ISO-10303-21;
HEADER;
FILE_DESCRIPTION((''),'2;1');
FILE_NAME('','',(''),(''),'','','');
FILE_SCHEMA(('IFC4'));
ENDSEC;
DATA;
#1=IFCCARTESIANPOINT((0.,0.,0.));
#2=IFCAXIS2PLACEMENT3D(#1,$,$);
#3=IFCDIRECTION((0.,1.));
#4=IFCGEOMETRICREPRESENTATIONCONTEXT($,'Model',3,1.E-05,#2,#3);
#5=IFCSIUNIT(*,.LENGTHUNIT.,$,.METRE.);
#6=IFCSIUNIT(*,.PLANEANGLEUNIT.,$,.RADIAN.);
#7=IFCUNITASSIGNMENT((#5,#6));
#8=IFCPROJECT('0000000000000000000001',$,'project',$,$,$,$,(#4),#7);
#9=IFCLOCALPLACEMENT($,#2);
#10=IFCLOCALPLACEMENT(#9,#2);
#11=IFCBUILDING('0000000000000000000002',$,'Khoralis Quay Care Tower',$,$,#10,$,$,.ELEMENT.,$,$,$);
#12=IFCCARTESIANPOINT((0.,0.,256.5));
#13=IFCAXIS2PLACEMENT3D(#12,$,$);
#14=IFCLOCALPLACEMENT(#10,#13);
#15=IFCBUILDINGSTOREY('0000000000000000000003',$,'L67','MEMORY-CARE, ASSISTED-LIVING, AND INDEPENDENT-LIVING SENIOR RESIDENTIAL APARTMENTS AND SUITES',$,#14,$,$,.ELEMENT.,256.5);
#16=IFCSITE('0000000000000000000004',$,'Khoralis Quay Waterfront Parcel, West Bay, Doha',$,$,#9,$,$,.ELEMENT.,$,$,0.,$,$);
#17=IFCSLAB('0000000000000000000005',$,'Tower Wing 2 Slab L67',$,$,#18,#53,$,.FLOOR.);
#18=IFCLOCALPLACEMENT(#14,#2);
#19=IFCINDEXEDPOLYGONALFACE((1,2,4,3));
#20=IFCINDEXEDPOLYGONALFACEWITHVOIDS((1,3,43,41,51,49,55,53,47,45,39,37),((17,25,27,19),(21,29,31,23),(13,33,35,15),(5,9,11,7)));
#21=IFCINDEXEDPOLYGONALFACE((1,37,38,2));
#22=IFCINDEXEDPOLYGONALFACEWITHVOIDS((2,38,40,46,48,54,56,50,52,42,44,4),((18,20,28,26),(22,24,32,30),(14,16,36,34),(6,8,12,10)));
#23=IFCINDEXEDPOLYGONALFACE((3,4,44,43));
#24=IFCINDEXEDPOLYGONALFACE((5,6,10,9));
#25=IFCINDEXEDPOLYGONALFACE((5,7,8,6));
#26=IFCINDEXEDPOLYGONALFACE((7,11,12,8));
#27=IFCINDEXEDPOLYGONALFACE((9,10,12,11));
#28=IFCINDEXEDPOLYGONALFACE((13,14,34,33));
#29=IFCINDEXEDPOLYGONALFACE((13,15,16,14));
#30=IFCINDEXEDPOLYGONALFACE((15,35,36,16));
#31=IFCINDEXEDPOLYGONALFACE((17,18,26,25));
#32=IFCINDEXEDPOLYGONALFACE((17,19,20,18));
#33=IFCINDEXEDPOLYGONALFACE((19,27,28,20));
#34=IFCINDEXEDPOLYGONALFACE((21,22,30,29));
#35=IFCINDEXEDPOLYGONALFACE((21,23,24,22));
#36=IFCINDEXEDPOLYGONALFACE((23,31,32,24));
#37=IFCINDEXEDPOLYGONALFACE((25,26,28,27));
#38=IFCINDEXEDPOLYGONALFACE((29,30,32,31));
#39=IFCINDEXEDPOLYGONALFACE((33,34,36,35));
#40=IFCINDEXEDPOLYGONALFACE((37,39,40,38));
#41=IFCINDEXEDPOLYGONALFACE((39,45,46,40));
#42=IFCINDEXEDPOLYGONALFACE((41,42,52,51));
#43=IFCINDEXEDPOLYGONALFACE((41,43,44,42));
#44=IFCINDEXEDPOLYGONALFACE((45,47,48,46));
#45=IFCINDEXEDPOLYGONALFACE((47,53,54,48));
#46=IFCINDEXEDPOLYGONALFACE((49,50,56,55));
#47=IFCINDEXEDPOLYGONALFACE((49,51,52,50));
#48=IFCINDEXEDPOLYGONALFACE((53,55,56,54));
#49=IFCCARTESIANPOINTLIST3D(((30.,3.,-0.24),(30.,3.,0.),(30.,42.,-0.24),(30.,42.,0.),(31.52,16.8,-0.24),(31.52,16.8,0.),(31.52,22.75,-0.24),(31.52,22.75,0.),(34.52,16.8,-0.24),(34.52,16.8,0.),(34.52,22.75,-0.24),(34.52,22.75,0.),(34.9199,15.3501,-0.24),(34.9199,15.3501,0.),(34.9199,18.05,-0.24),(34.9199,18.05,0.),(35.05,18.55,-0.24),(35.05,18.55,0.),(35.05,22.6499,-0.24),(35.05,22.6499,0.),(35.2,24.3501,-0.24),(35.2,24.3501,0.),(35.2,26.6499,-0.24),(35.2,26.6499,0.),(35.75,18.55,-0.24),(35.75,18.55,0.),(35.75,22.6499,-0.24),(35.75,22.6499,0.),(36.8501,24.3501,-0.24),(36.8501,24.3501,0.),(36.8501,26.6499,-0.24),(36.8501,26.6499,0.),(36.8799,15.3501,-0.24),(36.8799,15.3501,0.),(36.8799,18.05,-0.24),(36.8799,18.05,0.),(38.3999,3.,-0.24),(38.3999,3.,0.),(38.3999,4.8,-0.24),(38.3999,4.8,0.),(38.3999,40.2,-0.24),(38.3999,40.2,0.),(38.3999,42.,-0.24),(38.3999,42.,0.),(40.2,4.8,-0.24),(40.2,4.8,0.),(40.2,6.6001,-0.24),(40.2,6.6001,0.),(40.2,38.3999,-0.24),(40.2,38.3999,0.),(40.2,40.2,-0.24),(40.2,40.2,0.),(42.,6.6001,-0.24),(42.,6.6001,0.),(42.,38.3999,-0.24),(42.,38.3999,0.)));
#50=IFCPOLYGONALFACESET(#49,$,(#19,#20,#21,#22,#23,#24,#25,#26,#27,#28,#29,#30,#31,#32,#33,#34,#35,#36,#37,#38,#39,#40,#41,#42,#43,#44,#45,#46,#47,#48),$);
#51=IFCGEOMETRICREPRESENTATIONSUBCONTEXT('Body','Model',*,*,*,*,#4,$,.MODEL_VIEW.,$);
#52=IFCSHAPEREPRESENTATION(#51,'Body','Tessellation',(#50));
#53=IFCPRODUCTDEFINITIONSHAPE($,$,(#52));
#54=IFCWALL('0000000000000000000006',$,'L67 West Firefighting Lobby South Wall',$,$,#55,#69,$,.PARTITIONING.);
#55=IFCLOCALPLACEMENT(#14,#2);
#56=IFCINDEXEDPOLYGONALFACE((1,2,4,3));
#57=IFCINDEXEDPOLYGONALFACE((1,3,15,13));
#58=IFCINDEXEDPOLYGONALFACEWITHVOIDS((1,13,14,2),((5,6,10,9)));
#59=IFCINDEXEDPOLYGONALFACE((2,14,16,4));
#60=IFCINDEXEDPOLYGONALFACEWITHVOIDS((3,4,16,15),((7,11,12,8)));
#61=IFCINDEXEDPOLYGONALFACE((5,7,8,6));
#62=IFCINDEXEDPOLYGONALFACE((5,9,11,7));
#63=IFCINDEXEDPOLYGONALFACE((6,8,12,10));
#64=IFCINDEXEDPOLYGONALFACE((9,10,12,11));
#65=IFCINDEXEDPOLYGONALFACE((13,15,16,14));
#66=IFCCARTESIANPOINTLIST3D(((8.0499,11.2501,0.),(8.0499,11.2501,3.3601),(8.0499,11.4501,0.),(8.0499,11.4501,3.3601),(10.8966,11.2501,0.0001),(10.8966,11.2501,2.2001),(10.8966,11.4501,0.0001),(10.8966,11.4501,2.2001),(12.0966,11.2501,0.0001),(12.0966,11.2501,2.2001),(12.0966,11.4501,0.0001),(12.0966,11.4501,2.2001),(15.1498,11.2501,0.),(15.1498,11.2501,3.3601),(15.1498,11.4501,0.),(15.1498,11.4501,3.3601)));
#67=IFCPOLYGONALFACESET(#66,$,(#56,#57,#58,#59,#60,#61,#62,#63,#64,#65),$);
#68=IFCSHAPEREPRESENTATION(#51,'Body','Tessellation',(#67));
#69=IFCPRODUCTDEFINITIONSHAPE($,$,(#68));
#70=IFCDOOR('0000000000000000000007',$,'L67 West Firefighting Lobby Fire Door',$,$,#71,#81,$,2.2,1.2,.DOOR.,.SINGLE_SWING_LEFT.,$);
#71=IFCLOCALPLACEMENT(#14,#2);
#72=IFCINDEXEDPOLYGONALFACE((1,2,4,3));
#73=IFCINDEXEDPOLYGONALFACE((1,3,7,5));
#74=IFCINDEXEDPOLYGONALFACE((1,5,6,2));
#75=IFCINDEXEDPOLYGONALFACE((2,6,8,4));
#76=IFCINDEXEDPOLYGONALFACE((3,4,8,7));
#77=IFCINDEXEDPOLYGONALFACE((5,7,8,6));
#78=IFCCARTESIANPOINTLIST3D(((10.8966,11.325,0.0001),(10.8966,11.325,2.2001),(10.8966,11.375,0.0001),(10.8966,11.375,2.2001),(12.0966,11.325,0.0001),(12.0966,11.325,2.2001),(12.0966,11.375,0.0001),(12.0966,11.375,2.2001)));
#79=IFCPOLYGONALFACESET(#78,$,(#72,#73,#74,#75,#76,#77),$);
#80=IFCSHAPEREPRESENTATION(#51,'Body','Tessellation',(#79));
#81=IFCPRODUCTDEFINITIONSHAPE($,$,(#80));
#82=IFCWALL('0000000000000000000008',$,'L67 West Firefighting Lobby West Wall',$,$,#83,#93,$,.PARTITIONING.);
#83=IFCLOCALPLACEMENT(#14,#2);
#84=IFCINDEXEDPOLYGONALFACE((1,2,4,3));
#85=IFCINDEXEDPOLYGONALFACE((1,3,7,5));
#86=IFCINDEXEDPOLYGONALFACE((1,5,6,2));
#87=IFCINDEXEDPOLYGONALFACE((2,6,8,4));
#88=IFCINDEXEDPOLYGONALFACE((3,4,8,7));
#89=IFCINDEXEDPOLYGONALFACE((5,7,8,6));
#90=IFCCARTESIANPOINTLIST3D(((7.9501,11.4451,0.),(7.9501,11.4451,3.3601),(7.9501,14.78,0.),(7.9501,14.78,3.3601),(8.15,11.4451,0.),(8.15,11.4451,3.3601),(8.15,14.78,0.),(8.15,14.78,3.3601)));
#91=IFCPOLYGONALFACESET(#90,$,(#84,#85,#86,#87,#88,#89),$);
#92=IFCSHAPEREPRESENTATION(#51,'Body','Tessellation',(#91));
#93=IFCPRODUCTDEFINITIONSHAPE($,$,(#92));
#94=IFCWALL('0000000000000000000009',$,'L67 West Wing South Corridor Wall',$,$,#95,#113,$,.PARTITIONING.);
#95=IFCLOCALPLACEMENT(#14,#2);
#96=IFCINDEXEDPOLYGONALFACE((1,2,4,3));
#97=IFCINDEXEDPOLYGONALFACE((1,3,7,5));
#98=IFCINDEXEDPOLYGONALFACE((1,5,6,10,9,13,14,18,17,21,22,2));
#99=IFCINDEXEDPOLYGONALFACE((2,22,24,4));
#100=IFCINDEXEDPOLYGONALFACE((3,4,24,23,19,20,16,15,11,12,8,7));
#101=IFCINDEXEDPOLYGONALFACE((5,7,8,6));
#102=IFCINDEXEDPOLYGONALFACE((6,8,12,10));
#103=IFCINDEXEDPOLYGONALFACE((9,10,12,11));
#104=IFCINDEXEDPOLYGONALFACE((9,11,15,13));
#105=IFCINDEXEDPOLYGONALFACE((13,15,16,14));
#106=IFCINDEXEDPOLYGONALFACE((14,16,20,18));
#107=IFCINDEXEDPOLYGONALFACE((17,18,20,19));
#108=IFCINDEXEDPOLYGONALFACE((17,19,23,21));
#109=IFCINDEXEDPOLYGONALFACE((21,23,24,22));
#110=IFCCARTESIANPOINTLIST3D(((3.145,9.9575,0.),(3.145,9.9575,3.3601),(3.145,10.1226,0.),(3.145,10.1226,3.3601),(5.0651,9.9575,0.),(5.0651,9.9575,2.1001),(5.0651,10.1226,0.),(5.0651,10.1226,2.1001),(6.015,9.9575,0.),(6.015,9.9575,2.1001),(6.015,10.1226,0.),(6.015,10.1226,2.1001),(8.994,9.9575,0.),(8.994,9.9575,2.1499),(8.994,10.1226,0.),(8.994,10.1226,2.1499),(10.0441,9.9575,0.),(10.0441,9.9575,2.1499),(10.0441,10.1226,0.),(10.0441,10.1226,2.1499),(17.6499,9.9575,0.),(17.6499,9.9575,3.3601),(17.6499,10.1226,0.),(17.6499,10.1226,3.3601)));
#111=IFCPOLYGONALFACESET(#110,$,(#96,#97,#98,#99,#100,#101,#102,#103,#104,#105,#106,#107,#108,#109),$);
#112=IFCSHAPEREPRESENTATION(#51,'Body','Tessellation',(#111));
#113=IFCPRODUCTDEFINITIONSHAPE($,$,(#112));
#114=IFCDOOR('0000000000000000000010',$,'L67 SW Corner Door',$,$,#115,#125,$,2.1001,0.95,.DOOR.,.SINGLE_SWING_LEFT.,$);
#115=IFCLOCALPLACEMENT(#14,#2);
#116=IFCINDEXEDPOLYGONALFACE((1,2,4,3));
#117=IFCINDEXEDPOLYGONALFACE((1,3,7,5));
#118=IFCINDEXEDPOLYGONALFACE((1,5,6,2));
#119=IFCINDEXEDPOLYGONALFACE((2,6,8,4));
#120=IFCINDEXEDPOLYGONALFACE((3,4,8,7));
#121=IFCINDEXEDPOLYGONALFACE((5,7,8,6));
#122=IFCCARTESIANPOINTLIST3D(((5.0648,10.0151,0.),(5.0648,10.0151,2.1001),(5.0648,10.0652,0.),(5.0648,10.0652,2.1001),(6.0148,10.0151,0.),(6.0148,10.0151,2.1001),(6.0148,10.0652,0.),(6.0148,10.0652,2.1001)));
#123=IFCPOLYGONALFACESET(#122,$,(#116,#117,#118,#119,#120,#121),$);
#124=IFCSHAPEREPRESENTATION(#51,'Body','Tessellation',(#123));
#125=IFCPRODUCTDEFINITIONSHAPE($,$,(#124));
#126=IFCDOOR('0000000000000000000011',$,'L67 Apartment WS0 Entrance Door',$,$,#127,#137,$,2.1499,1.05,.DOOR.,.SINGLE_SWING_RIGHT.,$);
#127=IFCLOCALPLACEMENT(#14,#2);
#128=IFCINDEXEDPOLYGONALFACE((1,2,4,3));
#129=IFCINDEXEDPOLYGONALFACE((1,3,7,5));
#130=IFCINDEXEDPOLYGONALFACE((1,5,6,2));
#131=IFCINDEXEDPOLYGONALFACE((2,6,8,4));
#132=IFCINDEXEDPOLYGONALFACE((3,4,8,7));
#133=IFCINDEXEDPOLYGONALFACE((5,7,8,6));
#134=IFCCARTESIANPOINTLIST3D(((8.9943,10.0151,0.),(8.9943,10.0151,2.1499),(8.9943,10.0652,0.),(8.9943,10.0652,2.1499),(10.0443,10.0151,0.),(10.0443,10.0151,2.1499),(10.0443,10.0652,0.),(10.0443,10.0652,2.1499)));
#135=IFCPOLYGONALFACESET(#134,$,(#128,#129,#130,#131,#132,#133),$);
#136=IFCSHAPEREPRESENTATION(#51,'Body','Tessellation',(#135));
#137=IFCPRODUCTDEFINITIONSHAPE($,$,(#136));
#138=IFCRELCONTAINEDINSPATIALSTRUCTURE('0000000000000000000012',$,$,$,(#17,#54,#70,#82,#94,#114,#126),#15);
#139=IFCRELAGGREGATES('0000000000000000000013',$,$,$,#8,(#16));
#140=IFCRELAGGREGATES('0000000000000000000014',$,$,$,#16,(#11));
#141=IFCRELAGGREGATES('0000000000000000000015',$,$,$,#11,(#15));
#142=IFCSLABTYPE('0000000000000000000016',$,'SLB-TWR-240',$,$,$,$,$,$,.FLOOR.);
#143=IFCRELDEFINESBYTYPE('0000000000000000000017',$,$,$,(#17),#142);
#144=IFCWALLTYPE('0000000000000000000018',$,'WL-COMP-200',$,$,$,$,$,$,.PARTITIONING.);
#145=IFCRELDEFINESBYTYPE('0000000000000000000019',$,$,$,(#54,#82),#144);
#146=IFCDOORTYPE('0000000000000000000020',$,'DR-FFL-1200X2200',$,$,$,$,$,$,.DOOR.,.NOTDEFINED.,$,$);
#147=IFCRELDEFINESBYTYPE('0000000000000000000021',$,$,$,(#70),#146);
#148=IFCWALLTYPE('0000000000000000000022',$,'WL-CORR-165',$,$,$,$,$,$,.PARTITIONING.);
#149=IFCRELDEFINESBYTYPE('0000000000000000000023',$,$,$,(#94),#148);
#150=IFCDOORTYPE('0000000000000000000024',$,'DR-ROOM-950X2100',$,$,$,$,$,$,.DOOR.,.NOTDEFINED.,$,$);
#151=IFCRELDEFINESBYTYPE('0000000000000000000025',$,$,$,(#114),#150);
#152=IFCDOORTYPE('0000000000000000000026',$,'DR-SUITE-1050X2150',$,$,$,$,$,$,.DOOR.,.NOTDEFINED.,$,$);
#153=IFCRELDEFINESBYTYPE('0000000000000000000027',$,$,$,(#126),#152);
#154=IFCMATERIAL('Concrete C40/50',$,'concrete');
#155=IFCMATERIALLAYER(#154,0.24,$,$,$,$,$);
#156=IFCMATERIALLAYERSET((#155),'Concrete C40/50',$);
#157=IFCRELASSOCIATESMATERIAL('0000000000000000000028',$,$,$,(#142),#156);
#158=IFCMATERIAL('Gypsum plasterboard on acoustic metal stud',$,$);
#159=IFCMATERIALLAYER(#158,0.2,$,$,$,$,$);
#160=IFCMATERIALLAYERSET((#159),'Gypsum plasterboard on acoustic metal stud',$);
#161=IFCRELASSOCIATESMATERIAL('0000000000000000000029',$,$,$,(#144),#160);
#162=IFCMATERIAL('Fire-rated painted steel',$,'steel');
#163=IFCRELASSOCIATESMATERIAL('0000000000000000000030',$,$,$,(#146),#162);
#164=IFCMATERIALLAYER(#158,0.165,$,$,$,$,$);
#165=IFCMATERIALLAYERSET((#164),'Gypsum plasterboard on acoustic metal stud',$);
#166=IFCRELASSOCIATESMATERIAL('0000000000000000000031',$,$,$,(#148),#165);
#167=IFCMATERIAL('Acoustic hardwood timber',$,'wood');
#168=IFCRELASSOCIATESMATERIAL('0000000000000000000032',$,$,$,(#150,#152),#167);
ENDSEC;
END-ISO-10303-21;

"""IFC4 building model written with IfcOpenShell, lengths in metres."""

from ifc_helpers import new_model, si_unit, direction, frame, frame_2d, origin, place, context, subcontext, project, spatial, polyline, rectangle, outline, extrude, source, transform, mapped, material, layer, layer_set, type_object, element, fill, save


model = new_model("IFC4")

# Units and contexts
model_context = context("Model", 3, precision=1e-05, world=origin(), true_north=direction((0.0, 1.0)))
body_context = subcontext(model_context, "Body", "Model", "MODEL_VIEW")
ifc_project = project(units=[si_unit("LENGTHUNIT", "METRE"), si_unit("PLANEANGLEUNIT", "RADIAN")], contexts=[model_context])

# Site, building, storey
site_placement = place(None, origin())
site = spatial("IfcSite", under=ifc_project, at=site_placement, Name="Khoralis Quay Waterfront Parcel, West Bay, Doha", CompositionType="ELEMENT", RefElevation=0.0)
building_placement = place(site_placement, origin())
building = spatial("IfcBuilding", under=site, at=building_placement, Name="Khoralis Quay Care Tower", CompositionType="ELEMENT")
storey_placement = place(building_placement, frame((0.0, 0.0, 256.5)))
storey = spatial("IfcBuildingStorey", under=building, at=storey_placement, Name="L67", Description="MEMORY-CARE, ASSISTED-LIVING, AND INDEPENDENT-LIVING SENIOR RESIDENTIAL APARTMENTS AND SUITES", CompositionType="ELEMENT", Elevation=256.5)

# Slab
ifc_material_1 = material(Name="Concrete C40/50", Category="concrete")
ifc_layer_1 = layer(ifc_material_1, 0.24)
ifc_layer_set_1 = layer_set([ifc_layer_1], Name="Concrete C40/50")
slab_type_1 = type_object("IfcSlabType", Name="SLB-TWR-240", PredefinedType="FLOOR", material=ifc_layer_set_1)
slab_1_placement = place(storey_placement, frame((0.0, 0.0, -0.24)))
element("IfcSlab", 1, at=slab_1_placement, inside=storey, type_object=slab_type_1, Name="Tower Wing 2 Slab L67", PredefinedType="FLOOR", context=body_context, shape_type="SweptSolid", body=[
    extrude(outline(polyline([(30.0, 3.0), (38.3999, 3.0), (38.3999, 4.8), (40.2, 4.8), (40.2, 6.6001), (42.0, 6.6001), (42.0, 38.3999), (40.2, 38.3999), (40.2, 40.2), (38.3999, 40.2), (38.3999, 42.0), (30.0, 42.0), (30.0, 3.0)]), holes=[polyline([(34.52, 16.8), (34.52, 22.75), (31.52, 22.75), (31.52, 16.8), (34.52, 16.8)]), polyline([(34.9199, 15.3501), (36.8799, 15.3501), (36.8799, 18.05), (34.9199, 18.05), (34.9199, 15.3501)]), polyline([(35.2, 24.3501), (36.8501, 24.3501), (36.8501, 26.6499), (35.2, 26.6499), (35.2, 24.3501)]), polyline([(35.05, 18.55), (35.75, 18.55), (35.75, 22.6499), (35.05, 22.6499), (35.05, 18.55)])]), origin(), (0.0, 0.0, 1.0), 0.24),
])

# Wall, opening, door
ifc_material_2 = material(Name="Gypsum plasterboard on acoustic metal stud")
ifc_layer_2 = layer(ifc_material_2, 0.2)
ifc_layer_set_2 = layer_set([ifc_layer_2], Name="Gypsum plasterboard on acoustic metal stud")
wall_type_1 = type_object("IfcWallType", Name="WL-COMP-200", PredefinedType="PARTITIONING", material=ifc_layer_set_2)
wall_1_placement = place(storey_placement, frame((8.05, 11.3501, 0.0), z_axis=(0.0, 0.0, 1.0), x_axis=(1.0, 0.0, 0.0)))
wall_1 = element("IfcWall", 2, at=wall_1_placement, inside=storey, type_object=wall_type_1, Name="L67 West Firefighting Lobby South Wall", PredefinedType="PARTITIONING", context=body_context, shape_type="SweptSolid", body=[
    extrude(rectangle(XDim=7.0999, YDim=0.2, at=frame_2d((3.5498, 0.0))), origin(), (0.0, 0.0, 1.0), 3.3601),
])
opening_1_placement = place(wall_1_placement, frame((2.8464, 0.0, 0.0)))
opening_1 = element("IfcOpeningElement", 3, at=opening_1_placement, cuts=wall_1, PredefinedType="OPENING", context=body_context, shape_type="SweptSolid", body=[
    extrude(rectangle(XDim=1.2, YDim=2.2, at=frame_2d((0.6001, 1.1001))), frame((0.0, 0.1099, 0.0), z_axis=(0.0, -1.0, 0.0), x_axis=(1.0, 0.0, 0.0)), (0.0, 0.0, 1.0), 0.22),
])
ifc_material_3 = material(Name="Fire-rated painted steel", Category="steel")
door_type_1 = type_object("IfcDoorType", Name="DR-FFL-1200X2200", OperationType="NOTDEFINED", PredefinedType="DOOR", material=ifc_material_3)
shared_shape_1 = source(origin(), body_context, "Body", "SweptSolid", [
    extrude(rectangle(XDim=1.2, YDim=2.2, at=frame_2d((0.6001, 1.1001))), frame((0.0, 0.0249, 0.0), z_axis=(0.0, -1.0, 0.0), x_axis=(1.0, 0.0, 0.0)), (0.0, 0.0, 1.0), 0.05),
])
door_1_placement = place(opening_1_placement, origin())
door_1 = element("IfcDoor", 4, at=door_1_placement, inside=storey, type_object=door_type_1, Name="L67 West Firefighting Lobby Fire Door", OperationType="SINGLE_SWING_LEFT", OverallHeight=2.2, OverallWidth=1.2, PredefinedType="DOOR", context=body_context, shape_type="MappedRepresentation", body=[
    mapped(shared_shape_1, transform((0.0, 0.0, 0.0), scale=1.0)),
])
fill(opening_1, door_1)

# Wall
wall_2_placement = place(storey_placement, frame((8.05, 11.4451, 0.0), z_axis=(0.0, 0.0, 1.0), x_axis=(0.0, 1.0, 0.0)))
element("IfcWall", 5, at=wall_2_placement, inside=storey, type_object=wall_type_1, Name="L67 West Firefighting Lobby West Wall", PredefinedType="PARTITIONING", context=body_context, shape_type="SweptSolid", body=[
    extrude(rectangle(XDim=3.335, YDim=0.2, at=frame_2d((1.6675, 0.0))), origin(), (0.0, 0.0, 1.0), 3.3601),
])

# Wall, openings, doors
ifc_layer_3 = layer(ifc_material_2, 0.165)
ifc_layer_set_3 = layer_set([ifc_layer_3], Name="Gypsum plasterboard on acoustic metal stud")
wall_type_2 = type_object("IfcWallType", Name="WL-CORR-165", PredefinedType="PARTITIONING", material=ifc_layer_set_3)
wall_3_placement = place(storey_placement, frame((3.145, 10.04, 0.0), z_axis=(0.0, 0.0, 1.0), x_axis=(1.0, 0.0, 0.0)))
wall_3 = element("IfcWall", 6, at=wall_3_placement, inside=storey, type_object=wall_type_2, Name="L67 West Wing South Corridor Wall", PredefinedType="PARTITIONING", context=body_context, shape_type="SweptSolid", body=[
    extrude(rectangle(XDim=14.5049, YDim=0.165, at=frame_2d((7.2524, 0.0))), origin(), (0.0, 0.0, 1.0), 3.3601),
])
opening_2_placement = place(wall_3_placement, frame((5.8491, 0.0, 0.0)))
opening_2 = element("IfcOpeningElement", 7, at=opening_2_placement, cuts=wall_3, PredefinedType="OPENING", context=body_context, shape_type="SweptSolid", body=[
    extrude(rectangle(XDim=1.05, YDim=2.1499, at=frame_2d((0.5249, 1.075))), frame((0.0, 0.0925, 0.0), z_axis=(0.0, -1.0, 0.0), x_axis=(1.0, 0.0, 0.0)), (0.0, 0.0, 1.0), 0.1851),
])
opening_3_placement = place(wall_3_placement, frame((1.9199, 0.0, 0.0)))
opening_3 = element("IfcOpeningElement", 8, at=opening_3_placement, cuts=wall_3, PredefinedType="OPENING", context=body_context, shape_type="SweptSolid", body=[
    extrude(rectangle(XDim=0.95, YDim=2.1001, at=frame_2d((0.4751, 1.05))), frame((0.0, 0.0925, 0.0), z_axis=(0.0, -1.0, 0.0), x_axis=(1.0, 0.0, 0.0)), (0.0, 0.0, 1.0), 0.1851),
])
ifc_material_4 = material(Name="Acoustic hardwood timber", Category="wood")
door_type_2 = type_object("IfcDoorType", Name="DR-ROOM-950X2100", OperationType="NOTDEFINED", PredefinedType="DOOR", material=ifc_material_4)
shared_shape_2 = source(origin(), body_context, "Body", "SweptSolid", [
    extrude(rectangle(XDim=0.95, YDim=2.1001, at=frame_2d((0.4751, 1.05))), frame((0.0, 0.0249, 0.0), z_axis=(0.0, -1.0, 0.0), x_axis=(1.0, 0.0, 0.0)), (0.0, 0.0, 1.0), 0.05),
])
door_2_placement = place(opening_3_placement, frame((0.95, 0.0, 0.0), z_axis=(0.0, 0.0, 1.0), x_axis=(-1.0, 0.0, 0.0)))
door_2 = element("IfcDoor", 9, at=door_2_placement, inside=storey, type_object=door_type_2, Name="L67 SW Corner Door", OperationType="SINGLE_SWING_LEFT", OverallHeight=2.1001, OverallWidth=0.95, PredefinedType="DOOR", context=body_context, shape_type="MappedRepresentation", body=[
    mapped(shared_shape_2, transform((0.0, 0.0, 0.0), scale=1.0)),
])
fill(opening_3, door_2)
door_type_3 = type_object("IfcDoorType", Name="DR-SUITE-1050X2150", OperationType="NOTDEFINED", PredefinedType="DOOR", material=ifc_material_4)
shared_shape_3 = source(origin(), body_context, "Body", "SweptSolid", [
    extrude(rectangle(XDim=1.05, YDim=2.1499, at=frame_2d((0.5249, 1.075))), frame((0.0, 0.0249, 0.0), z_axis=(0.0, -1.0, 0.0), x_axis=(1.0, 0.0, 0.0)), (0.0, 0.0, 1.0), 0.05),
])
door_3_placement = place(opening_2_placement, frame((1.05, 0.0, 0.0), z_axis=(0.0, 0.0, 1.0), x_axis=(-1.0, 0.0, 0.0)))
door_3 = element("IfcDoor", 10, at=door_3_placement, inside=storey, type_object=door_type_3, Name="L67 Apartment WS0 Entrance Door", OperationType="SINGLE_SWING_RIGHT", OverallHeight=2.1499, OverallWidth=1.05, PredefinedType="DOOR", context=body_context, shape_type="MappedRepresentation", body=[
    mapped(shared_shape_3, transform((0.0, 0.0, 0.0), scale=1.0)),
])
fill(opening_2, door_3)

save(model, "model.ifc")
